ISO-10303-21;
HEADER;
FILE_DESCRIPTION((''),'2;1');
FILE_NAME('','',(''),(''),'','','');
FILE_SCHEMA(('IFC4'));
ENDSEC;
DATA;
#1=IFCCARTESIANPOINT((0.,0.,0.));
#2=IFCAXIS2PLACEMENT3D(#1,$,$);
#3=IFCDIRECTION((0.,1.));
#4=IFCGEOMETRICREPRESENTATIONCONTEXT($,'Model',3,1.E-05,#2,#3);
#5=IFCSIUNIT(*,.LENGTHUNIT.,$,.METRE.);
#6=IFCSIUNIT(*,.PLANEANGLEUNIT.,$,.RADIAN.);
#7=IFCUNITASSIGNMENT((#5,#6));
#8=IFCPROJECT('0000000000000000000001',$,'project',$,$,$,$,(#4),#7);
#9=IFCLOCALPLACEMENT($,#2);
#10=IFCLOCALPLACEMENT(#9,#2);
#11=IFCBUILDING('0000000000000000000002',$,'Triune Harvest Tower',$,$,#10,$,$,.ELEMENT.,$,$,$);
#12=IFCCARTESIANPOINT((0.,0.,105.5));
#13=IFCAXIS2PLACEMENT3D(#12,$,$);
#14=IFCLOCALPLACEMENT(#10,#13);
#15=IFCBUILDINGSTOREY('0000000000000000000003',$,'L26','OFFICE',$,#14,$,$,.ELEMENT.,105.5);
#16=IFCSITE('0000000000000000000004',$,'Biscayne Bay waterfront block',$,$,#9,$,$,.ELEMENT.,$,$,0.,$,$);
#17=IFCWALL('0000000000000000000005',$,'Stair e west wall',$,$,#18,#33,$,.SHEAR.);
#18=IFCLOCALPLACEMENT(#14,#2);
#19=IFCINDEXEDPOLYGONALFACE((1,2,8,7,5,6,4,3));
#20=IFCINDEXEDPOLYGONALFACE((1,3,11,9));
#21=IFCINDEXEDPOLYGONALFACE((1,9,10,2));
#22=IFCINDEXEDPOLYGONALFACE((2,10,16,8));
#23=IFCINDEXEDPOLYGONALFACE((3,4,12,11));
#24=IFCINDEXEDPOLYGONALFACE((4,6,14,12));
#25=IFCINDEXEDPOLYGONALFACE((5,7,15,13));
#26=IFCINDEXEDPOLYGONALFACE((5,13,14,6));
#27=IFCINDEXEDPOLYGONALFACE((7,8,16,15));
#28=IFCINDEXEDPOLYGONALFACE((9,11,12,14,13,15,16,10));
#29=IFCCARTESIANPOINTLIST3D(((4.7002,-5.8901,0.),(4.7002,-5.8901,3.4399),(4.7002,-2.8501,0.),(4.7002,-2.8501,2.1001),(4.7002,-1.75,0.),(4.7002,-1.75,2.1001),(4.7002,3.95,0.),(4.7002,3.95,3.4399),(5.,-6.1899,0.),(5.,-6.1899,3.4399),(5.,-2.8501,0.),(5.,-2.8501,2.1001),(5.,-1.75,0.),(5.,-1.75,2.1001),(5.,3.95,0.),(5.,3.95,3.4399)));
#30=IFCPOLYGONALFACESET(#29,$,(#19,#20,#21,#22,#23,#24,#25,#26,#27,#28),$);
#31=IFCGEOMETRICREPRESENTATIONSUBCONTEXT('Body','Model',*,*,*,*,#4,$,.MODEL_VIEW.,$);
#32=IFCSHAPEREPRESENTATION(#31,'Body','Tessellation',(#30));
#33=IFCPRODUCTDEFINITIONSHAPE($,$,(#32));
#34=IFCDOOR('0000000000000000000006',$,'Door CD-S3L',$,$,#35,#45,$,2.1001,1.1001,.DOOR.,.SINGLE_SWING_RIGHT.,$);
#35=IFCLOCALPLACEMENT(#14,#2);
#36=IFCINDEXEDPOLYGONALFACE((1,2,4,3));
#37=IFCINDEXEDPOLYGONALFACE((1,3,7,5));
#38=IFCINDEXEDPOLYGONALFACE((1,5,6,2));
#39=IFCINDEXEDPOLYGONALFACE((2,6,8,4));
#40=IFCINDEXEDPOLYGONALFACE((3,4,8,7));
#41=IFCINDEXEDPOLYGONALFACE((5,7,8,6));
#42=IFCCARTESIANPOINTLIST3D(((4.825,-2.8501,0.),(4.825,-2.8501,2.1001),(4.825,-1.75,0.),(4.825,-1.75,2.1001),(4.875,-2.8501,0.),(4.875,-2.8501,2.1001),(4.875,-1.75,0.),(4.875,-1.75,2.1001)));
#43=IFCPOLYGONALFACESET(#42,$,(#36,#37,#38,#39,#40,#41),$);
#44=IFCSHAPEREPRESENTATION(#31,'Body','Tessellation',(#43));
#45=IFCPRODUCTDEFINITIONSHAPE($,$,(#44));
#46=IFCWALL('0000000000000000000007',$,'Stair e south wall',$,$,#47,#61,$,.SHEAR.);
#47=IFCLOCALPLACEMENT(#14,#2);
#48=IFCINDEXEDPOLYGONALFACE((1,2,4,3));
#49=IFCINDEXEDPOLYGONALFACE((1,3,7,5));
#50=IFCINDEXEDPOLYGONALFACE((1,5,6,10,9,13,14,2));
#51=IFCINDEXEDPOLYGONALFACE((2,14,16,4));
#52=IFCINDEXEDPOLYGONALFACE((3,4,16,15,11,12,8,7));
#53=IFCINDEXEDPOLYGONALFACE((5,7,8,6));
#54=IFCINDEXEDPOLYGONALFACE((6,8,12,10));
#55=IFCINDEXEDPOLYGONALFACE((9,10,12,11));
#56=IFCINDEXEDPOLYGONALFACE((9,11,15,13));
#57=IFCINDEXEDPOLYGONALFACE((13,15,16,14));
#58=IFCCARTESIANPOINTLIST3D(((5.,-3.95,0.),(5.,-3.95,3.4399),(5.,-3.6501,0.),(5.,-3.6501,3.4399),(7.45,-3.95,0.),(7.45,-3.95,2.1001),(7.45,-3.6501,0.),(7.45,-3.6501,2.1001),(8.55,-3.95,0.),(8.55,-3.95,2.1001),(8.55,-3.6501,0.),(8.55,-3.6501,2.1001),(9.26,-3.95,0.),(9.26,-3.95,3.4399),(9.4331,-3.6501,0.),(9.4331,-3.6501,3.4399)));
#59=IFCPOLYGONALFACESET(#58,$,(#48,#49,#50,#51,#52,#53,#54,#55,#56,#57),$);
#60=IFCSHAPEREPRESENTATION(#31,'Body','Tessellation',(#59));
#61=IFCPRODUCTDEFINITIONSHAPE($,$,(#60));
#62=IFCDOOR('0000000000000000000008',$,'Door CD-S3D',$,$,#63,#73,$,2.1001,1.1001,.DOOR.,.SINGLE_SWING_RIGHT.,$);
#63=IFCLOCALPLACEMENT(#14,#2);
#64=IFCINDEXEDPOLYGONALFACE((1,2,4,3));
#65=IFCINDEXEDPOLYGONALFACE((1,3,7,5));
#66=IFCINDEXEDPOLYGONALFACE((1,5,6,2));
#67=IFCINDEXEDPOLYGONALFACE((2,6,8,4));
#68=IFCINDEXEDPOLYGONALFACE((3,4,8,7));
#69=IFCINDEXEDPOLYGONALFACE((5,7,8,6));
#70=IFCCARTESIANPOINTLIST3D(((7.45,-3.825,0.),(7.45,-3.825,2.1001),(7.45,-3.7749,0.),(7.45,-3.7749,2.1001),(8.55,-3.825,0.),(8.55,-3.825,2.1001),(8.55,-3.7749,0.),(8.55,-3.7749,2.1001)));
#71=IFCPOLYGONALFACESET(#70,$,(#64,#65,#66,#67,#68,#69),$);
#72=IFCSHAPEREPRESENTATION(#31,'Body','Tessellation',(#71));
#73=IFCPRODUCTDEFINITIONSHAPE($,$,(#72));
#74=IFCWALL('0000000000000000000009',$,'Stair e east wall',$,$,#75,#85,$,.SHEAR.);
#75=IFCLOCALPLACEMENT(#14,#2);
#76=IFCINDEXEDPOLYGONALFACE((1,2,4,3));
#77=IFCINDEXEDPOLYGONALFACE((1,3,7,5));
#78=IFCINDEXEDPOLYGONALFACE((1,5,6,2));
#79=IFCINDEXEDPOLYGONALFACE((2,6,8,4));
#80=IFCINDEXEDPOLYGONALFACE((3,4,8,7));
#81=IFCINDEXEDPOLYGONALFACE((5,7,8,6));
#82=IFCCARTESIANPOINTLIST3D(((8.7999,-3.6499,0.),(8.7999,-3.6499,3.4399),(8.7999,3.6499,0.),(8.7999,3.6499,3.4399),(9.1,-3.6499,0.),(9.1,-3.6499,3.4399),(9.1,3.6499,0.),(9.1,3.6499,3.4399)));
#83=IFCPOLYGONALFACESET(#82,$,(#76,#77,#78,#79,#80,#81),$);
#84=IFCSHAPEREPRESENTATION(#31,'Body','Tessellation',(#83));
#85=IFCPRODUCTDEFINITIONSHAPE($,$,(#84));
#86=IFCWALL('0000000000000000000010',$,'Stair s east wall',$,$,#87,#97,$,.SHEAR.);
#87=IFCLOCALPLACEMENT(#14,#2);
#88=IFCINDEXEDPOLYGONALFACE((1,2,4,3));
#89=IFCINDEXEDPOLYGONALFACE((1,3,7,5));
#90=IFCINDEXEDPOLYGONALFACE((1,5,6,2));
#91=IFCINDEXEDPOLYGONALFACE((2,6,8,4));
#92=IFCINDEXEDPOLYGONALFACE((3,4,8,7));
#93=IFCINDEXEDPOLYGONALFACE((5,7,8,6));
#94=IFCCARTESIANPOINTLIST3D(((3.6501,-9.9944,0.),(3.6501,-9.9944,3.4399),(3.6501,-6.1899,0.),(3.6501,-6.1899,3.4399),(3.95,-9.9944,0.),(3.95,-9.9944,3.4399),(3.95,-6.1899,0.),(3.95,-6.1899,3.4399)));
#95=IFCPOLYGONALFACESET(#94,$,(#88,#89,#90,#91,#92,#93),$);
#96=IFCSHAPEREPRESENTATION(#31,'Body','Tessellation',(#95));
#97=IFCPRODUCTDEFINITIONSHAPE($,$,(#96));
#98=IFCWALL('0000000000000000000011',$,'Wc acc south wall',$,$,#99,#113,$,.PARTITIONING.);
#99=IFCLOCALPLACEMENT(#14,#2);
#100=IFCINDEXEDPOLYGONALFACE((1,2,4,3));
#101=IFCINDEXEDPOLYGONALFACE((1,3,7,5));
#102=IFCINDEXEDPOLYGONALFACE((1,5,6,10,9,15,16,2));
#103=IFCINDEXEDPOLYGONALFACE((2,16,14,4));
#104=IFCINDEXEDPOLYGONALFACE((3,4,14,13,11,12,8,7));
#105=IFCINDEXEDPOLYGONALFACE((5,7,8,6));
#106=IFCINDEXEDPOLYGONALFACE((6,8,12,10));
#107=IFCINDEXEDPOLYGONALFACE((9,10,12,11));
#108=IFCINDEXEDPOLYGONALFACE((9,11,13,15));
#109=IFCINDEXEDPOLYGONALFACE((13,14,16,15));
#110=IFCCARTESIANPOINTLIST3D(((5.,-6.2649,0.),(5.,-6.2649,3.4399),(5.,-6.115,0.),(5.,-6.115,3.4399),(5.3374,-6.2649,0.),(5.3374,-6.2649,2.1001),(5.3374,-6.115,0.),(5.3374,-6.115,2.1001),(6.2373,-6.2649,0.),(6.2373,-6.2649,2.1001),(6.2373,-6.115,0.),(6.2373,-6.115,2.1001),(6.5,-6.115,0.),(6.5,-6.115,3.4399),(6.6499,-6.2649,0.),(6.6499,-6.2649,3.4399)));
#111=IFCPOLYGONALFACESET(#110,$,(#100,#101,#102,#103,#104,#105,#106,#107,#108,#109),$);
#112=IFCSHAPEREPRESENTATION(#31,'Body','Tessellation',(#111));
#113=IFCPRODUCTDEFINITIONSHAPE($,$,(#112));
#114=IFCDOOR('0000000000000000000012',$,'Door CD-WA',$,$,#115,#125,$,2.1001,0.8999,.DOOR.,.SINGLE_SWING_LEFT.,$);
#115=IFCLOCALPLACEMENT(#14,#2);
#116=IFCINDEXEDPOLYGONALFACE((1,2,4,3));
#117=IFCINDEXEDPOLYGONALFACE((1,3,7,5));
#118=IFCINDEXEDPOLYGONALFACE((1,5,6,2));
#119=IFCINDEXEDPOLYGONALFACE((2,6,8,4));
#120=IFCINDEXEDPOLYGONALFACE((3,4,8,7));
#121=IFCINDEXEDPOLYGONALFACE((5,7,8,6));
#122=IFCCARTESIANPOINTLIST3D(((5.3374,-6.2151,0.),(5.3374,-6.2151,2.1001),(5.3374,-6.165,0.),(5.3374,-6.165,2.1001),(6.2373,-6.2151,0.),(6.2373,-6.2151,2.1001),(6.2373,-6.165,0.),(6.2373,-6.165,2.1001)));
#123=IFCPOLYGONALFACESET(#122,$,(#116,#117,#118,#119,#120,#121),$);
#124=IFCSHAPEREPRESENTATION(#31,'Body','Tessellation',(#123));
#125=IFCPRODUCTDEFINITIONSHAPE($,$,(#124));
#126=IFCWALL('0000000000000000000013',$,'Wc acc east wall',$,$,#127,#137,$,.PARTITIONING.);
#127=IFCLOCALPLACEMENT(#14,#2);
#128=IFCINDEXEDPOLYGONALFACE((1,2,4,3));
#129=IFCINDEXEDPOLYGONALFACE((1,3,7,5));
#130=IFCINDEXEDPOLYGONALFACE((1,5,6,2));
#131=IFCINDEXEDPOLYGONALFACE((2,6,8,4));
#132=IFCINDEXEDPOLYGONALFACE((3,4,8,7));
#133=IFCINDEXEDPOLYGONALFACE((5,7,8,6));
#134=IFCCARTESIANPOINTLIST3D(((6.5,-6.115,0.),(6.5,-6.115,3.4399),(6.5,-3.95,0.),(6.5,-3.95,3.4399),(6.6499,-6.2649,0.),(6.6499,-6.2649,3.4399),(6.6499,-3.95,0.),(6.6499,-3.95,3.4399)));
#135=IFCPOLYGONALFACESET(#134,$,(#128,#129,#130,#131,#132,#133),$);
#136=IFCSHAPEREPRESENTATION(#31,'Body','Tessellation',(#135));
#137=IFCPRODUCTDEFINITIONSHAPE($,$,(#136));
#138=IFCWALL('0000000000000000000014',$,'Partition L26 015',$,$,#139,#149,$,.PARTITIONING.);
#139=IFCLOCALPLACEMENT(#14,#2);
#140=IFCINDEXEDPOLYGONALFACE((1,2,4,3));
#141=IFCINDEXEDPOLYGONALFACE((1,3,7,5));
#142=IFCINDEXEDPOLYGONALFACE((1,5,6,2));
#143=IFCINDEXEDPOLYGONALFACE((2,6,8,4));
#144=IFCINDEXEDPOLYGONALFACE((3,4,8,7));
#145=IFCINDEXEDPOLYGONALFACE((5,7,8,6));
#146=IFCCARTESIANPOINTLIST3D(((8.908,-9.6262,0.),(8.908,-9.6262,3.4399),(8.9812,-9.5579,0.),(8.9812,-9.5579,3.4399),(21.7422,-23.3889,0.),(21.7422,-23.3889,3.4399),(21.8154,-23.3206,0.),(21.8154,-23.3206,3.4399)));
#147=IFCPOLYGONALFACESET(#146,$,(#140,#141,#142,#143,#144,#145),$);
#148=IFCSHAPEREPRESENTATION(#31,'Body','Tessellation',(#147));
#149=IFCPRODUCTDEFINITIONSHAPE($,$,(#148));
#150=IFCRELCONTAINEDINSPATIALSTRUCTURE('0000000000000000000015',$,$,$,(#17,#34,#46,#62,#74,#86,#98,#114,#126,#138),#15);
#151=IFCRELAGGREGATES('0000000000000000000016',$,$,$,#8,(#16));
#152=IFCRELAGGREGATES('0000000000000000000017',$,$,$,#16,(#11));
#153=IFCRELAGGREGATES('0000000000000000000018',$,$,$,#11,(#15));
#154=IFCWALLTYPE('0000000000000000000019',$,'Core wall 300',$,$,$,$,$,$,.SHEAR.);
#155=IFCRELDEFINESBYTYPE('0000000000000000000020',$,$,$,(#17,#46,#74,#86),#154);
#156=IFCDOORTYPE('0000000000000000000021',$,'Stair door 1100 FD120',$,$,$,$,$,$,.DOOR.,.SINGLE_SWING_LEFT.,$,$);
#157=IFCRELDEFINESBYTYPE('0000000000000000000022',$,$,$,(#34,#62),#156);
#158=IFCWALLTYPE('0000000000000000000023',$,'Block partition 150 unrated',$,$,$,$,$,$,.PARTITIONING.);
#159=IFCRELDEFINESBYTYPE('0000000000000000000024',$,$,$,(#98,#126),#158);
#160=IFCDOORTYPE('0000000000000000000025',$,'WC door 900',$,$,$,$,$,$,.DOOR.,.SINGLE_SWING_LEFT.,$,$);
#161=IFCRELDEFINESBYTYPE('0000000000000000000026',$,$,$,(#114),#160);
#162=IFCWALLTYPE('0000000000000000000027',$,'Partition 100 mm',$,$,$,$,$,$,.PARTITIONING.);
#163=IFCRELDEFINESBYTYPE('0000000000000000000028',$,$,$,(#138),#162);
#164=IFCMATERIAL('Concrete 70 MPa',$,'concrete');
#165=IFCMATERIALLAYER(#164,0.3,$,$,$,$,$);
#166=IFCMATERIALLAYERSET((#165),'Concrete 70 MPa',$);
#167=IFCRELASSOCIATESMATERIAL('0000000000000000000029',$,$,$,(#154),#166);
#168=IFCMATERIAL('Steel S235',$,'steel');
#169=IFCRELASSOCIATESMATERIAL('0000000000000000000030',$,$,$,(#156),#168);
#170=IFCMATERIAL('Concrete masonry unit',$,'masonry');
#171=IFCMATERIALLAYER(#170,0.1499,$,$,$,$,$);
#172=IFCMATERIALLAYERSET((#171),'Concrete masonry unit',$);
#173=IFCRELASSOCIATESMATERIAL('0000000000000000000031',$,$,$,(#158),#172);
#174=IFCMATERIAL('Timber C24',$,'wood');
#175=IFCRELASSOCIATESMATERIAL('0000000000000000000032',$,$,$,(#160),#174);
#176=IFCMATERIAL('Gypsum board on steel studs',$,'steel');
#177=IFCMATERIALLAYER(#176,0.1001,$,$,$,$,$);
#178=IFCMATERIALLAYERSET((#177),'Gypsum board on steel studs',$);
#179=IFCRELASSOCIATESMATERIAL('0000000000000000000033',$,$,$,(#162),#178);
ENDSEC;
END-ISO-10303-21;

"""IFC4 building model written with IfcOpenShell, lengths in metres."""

from ifc_helpers import new_model, si_unit, direction, frame, frame_2d, origin, place, context, subcontext, project, spatial, polyline, rectangle, outline, extrude, source, transform, mapped, material, layer, layer_set, type_object, element, fill, save


model = new_model("IFC4")

# Units and contexts
model_context = context("Model", 3, precision=1e-05, world=origin(), true_north=direction((0.0, 1.0)))
body_context = subcontext(model_context, "Body", "Model", "MODEL_VIEW")
ifc_project = project(units=[si_unit("LENGTHUNIT", "METRE"), si_unit("PLANEANGLEUNIT", "RADIAN")], contexts=[model_context])

# Site, building, storey
site_placement = place(None, origin())
site = spatial("IfcSite", under=ifc_project, at=site_placement, Name="Biscayne Bay waterfront block", CompositionType="ELEMENT", RefElevation=0.0)
building_placement = place(site_placement, origin())
building = spatial("IfcBuilding", under=site, at=building_placement, Name="Triune Harvest Tower", CompositionType="ELEMENT")
storey_placement = place(building_placement, frame((0.0, 0.0, 105.5)))
storey = spatial("IfcBuildingStorey", under=building, at=storey_placement, Name="L26", Description="OFFICE", CompositionType="ELEMENT", Elevation=105.5)

# Shared definitions
ifc_material_1 = material(Name="Concrete 70 MPa", Category="concrete")
ifc_layer_1 = layer(ifc_material_1, 0.3)
ifc_layer_set_1 = layer_set([ifc_layer_1], Name="Concrete 70 MPa")
wall_type_1 = type_object("IfcWallType", Name="Core wall 300", PredefinedType="SHEAR", material=ifc_layer_set_1)

# Walls, openings, doors
shared_shape_1 = source(origin(), body_context, "Body", "SweptSolid", [
    extrude(outline(polyline([(-0.1499, -0.1499), (9.99, -0.1499), (9.99, 0.1499), (0.1499, 0.1499), (-0.1499, -0.1499)])), origin(), (0.0, 0.0, 1.0), 3.4399),
])
wall_1_placement = place(storey_placement, frame((4.8501, -6.04, 0.0), z_axis=(0.0, 0.0, 1.0), x_axis=(0.0, 1.0, 0.0)))
wall_1 = element("IfcWall", 1, at=wall_1_placement, inside=storey, type_object=wall_type_1, Name="Stair e west wall", PredefinedType="SHEAR", context=body_context, shape_type="MappedRepresentation", body=[
    mapped(shared_shape_1, transform((0.0, 0.0, 0.0), scale=1.0)),
])
opening_1_placement = place(wall_1_placement, frame((3.1899, 0.0, 0.0)))
opening_1 = element("IfcOpeningElement", 2, at=opening_1_placement, cuts=wall_1, PredefinedType="OPENING", context=body_context, shape_type="SweptSolid", body=[
    extrude(rectangle(XDim=1.1001, YDim=2.1001, at=frame_2d((0.55, 1.05))), frame((0.0, 0.1602, 0.0), z_axis=(0.0, -1.0, 0.0), x_axis=(1.0, 0.0, 0.0)), (0.0, 0.0, 1.0), 0.3201),
])
ifc_material_2 = material(Name="Steel S235", Category="steel")
door_type_1 = type_object("IfcDoorType", Name="Stair door 1100 FD120", OperationType="SINGLE_SWING_LEFT", PredefinedType="DOOR", material=ifc_material_2)
door_1_placement = place(opening_1_placement, frame((1.1001, 0.0, 0.0), z_axis=(0.0, 0.0, 1.0), x_axis=(-1.0, 0.0, 0.0)))
door_1 = element("IfcDoor", 3, at=door_1_placement, inside=storey, type_object=door_type_1, Name="Door CD-S3L", OperationType="SINGLE_SWING_RIGHT", OverallHeight=2.1001, OverallWidth=1.1001, PredefinedType="DOOR", context=body_context, shape_type="SweptSolid", body=[
    extrude(rectangle(XDim=1.1001, YDim=2.1001, at=frame_2d((0.55, 1.05))), frame((0.0, 0.0249, 0.0), z_axis=(0.0, -1.0, 0.0), x_axis=(1.0, 0.0, 0.0)), (0.0, 0.0, 1.0), 0.05),
])
fill(opening_1, door_1)
shared_shape_2 = source(origin(), body_context, "Body", "SweptSolid", [
    extrude(outline(polyline([(0.0, -0.1499), (0.0, 0.1499), (4.4331, 0.1499), (4.26, -0.1499), (0.0, -0.1499)])), origin(), (0.0, 0.0, 1.0), 3.4399),
])
wall_2_placement = place(storey_placement, frame((5.0, -3.8, 0.0), z_axis=(0.0, 0.0, 1.0), x_axis=(1.0, 0.0, 0.0)))
wall_2 = element("IfcWall", 4, at=wall_2_placement, inside=storey, type_object=wall_type_1, Name="Stair e south wall", PredefinedType="SHEAR", context=body_context, shape_type="MappedRepresentation", body=[
    mapped(shared_shape_2, transform((0.0, 0.0, 0.0), scale=1.0)),
])
opening_2_placement = place(wall_2_placement, frame((2.45, 0.0, 0.0)))
opening_2 = element("IfcOpeningElement", 5, at=opening_2_placement, cuts=wall_2, PredefinedType="OPENING", context=body_context, shape_type="SweptSolid", body=[
    extrude(rectangle(XDim=1.1001, YDim=2.1001, at=frame_2d((0.55, 1.05))), frame((0.0, 0.1602, 0.0), z_axis=(0.0, -1.0, 0.0), x_axis=(1.0, 0.0, 0.0)), (0.0, 0.0, 1.0), 0.3201),
])
door_2_placement = place(opening_2_placement, frame((1.1001, 0.0, 0.0), z_axis=(0.0, 0.0, 1.0), x_axis=(-1.0, 0.0, 0.0)))
door_2 = element("IfcDoor", 6, at=door_2_placement, inside=storey, type_object=door_type_1, Name="Door CD-S3D", OperationType="SINGLE_SWING_RIGHT", OverallHeight=2.1001, OverallWidth=1.1001, PredefinedType="DOOR", context=body_context, shape_type="SweptSolid", body=[
    extrude(rectangle(XDim=1.1001, YDim=2.1001, at=frame_2d((0.55, 1.05))), frame((0.0, 0.0249, 0.0), z_axis=(0.0, -1.0, 0.0), x_axis=(1.0, 0.0, 0.0)), (0.0, 0.0, 1.0), 0.05),
])
fill(opening_2, door_2)

# Walls
shared_shape_3 = source(origin(), body_context, "Body", "SweptSolid", [
    extrude(rectangle(XDim=7.2998, YDim=0.3, at=frame_2d((3.6499, 0.0))), origin(), (0.0, 0.0, 1.0), 3.4399),
])
wall_3_placement = place(storey_placement, frame((8.95, -3.6499, 0.0), z_axis=(0.0, 0.0, 1.0), x_axis=(0.0, 1.0, 0.0)))
element("IfcWall", 7, at=wall_3_placement, inside=storey, type_object=wall_type_1, Name="Stair e east wall", PredefinedType="SHEAR", context=body_context, shape_type="MappedRepresentation", body=[
    mapped(shared_shape_3, transform((0.0, 0.0, 0.0), scale=1.0)),
])
shared_shape_4 = source(origin(), body_context, "Body", "SweptSolid", [
    extrude(outline(polyline([(3.8, -0.1499), (-0.0044, -0.1499), (-0.0044, 0.1499), (3.8, 0.1499), (3.8, -0.1499)])), origin(), (0.0, 0.0, 1.0), 3.4399),
])
wall_4_placement = place(storey_placement, frame((3.8, -9.99, 0.0), z_axis=(0.0, 0.0, 1.0), x_axis=(0.0, 1.0, 0.0)))
element("IfcWall", 8, at=wall_4_placement, inside=storey, type_object=wall_type_1, Name="Stair s east wall", PredefinedType="SHEAR", context=body_context, shape_type="MappedRepresentation", body=[
    mapped(shared_shape_4, transform((0.0, 0.0, 0.0), scale=1.0)),
])

# Wall, opening, door
ifc_material_3 = material(Name="Concrete masonry unit", Category="masonry")
ifc_layer_2 = layer(ifc_material_3, 0.1499)
ifc_layer_set_2 = layer_set([ifc_layer_2], Name="Concrete masonry unit")
wall_type_2 = type_object("IfcWallType", Name="Block partition 150 unrated", PredefinedType="PARTITIONING", material=ifc_layer_set_2)
shared_shape_5 = source(origin(), body_context, "Body", "SweptSolid", [
    extrude(outline(polyline([(0.0, -0.075), (1.6499, -0.075), (1.5, 0.075), (0.0, 0.075), (0.0, -0.075)])), origin(), (0.0, 0.0, 1.0), 3.4399),
])
wall_5_placement = place(storey_placement, frame((5.0, -6.1899, 0.0), z_axis=(0.0, 0.0, 1.0), x_axis=(1.0, 0.0, 0.0)))
wall_5 = element("IfcWall", 9, at=wall_5_placement, inside=storey, type_object=wall_type_2, Name="Wc acc south wall", PredefinedType="PARTITIONING", context=body_context, shape_type="MappedRepresentation", body=[
    mapped(shared_shape_5, transform((0.0, 0.0, 0.0), scale=1.0)),
])
opening_3_placement = place(wall_5_placement, frame((0.3374, 0.0, 0.0)))
opening_3 = element("IfcOpeningElement", 10, at=opening_3_placement, cuts=wall_5, PredefinedType="OPENING", context=body_context, shape_type="SweptSolid", body=[
    extrude(rectangle(XDim=0.8999, YDim=2.1001, at=frame_2d((0.45, 1.05))), frame((0.0, 0.085, 0.0), z_axis=(0.0, -1.0, 0.0), x_axis=(1.0, 0.0, 0.0)), (0.0, 0.0, 1.0), 0.1699),
])
ifc_material_4 = material(Name="Timber C24", Category="wood")
door_type_2 = type_object("IfcDoorType", Name="WC door 900", OperationType="SINGLE_SWING_LEFT", PredefinedType="DOOR", material=ifc_material_4)
door_3_placement = place(opening_3_placement, origin())
door_3 = element("IfcDoor", 11, at=door_3_placement, inside=storey, type_object=door_type_2, Name="Door CD-WA", OperationType="SINGLE_SWING_LEFT", OverallHeight=2.1001, OverallWidth=0.8999, PredefinedType="DOOR", context=body_context, shape_type="SweptSolid", body=[
    extrude(rectangle(XDim=0.8999, YDim=2.1001, at=frame_2d((0.45, 1.05))), frame((0.0, 0.0249, 0.0), z_axis=(0.0, -1.0, 0.0), x_axis=(1.0, 0.0, 0.0)), (0.0, 0.0, 1.0), 0.05),
])
fill(opening_3, door_3)

# Walls
shared_shape_6 = source(origin(), body_context, "Body", "SweptSolid", [
    extrude(outline(polyline([(-0.075, -0.075), (2.24, -0.075), (2.24, 0.075), (0.075, 0.075), (-0.075, -0.075)])), origin(), (0.0, 0.0, 1.0), 3.4399),
])
wall_6_placement = place(storey_placement, frame((6.575, -6.1899, 0.0), z_axis=(0.0, 0.0, 1.0), x_axis=(0.0, 1.0, 0.0)))
element("IfcWall", 12, at=wall_6_placement, inside=storey, type_object=wall_type_2, Name="Wc acc east wall", PredefinedType="PARTITIONING", context=body_context, shape_type="MappedRepresentation", body=[
    mapped(shared_shape_6, transform((0.0, 0.0, 0.0), scale=1.0)),
])
ifc_material_5 = material(Name="Gypsum board on steel studs", Category="steel")
ifc_layer_3 = layer(ifc_material_5, 0.1001)
ifc_layer_set_3 = layer_set([ifc_layer_3], Name="Gypsum board on steel studs")
wall_type_3 = type_object("IfcWallType", Name="Partition 100 mm", PredefinedType="PARTITIONING", material=ifc_layer_set_3)
shared_shape_7 = source(origin(), body_context, "Body", "SweptSolid", [
    extrude(rectangle(XDim=18.8184, YDim=0.1001, at=frame_2d((9.4092, 0.0))), origin(), (0.0, 0.0, 1.0), 3.4399),
])
wall_7_placement = place(storey_placement, frame((8.9446, -9.592, 0.0), z_axis=(0.0, 0.0, 1.0), x_axis=(0.682007, -0.731346, 0.0)))
element("IfcWall", 13, at=wall_7_placement, inside=storey, type_object=wall_type_3, Name="Partition L26 015", PredefinedType="PARTITIONING", context=body_context, shape_type="MappedRepresentation", body=[
    mapped(shared_shape_7, transform((0.0, 0.0, 0.0), scale=1.0)),
])

save(model, "model.ifc")
